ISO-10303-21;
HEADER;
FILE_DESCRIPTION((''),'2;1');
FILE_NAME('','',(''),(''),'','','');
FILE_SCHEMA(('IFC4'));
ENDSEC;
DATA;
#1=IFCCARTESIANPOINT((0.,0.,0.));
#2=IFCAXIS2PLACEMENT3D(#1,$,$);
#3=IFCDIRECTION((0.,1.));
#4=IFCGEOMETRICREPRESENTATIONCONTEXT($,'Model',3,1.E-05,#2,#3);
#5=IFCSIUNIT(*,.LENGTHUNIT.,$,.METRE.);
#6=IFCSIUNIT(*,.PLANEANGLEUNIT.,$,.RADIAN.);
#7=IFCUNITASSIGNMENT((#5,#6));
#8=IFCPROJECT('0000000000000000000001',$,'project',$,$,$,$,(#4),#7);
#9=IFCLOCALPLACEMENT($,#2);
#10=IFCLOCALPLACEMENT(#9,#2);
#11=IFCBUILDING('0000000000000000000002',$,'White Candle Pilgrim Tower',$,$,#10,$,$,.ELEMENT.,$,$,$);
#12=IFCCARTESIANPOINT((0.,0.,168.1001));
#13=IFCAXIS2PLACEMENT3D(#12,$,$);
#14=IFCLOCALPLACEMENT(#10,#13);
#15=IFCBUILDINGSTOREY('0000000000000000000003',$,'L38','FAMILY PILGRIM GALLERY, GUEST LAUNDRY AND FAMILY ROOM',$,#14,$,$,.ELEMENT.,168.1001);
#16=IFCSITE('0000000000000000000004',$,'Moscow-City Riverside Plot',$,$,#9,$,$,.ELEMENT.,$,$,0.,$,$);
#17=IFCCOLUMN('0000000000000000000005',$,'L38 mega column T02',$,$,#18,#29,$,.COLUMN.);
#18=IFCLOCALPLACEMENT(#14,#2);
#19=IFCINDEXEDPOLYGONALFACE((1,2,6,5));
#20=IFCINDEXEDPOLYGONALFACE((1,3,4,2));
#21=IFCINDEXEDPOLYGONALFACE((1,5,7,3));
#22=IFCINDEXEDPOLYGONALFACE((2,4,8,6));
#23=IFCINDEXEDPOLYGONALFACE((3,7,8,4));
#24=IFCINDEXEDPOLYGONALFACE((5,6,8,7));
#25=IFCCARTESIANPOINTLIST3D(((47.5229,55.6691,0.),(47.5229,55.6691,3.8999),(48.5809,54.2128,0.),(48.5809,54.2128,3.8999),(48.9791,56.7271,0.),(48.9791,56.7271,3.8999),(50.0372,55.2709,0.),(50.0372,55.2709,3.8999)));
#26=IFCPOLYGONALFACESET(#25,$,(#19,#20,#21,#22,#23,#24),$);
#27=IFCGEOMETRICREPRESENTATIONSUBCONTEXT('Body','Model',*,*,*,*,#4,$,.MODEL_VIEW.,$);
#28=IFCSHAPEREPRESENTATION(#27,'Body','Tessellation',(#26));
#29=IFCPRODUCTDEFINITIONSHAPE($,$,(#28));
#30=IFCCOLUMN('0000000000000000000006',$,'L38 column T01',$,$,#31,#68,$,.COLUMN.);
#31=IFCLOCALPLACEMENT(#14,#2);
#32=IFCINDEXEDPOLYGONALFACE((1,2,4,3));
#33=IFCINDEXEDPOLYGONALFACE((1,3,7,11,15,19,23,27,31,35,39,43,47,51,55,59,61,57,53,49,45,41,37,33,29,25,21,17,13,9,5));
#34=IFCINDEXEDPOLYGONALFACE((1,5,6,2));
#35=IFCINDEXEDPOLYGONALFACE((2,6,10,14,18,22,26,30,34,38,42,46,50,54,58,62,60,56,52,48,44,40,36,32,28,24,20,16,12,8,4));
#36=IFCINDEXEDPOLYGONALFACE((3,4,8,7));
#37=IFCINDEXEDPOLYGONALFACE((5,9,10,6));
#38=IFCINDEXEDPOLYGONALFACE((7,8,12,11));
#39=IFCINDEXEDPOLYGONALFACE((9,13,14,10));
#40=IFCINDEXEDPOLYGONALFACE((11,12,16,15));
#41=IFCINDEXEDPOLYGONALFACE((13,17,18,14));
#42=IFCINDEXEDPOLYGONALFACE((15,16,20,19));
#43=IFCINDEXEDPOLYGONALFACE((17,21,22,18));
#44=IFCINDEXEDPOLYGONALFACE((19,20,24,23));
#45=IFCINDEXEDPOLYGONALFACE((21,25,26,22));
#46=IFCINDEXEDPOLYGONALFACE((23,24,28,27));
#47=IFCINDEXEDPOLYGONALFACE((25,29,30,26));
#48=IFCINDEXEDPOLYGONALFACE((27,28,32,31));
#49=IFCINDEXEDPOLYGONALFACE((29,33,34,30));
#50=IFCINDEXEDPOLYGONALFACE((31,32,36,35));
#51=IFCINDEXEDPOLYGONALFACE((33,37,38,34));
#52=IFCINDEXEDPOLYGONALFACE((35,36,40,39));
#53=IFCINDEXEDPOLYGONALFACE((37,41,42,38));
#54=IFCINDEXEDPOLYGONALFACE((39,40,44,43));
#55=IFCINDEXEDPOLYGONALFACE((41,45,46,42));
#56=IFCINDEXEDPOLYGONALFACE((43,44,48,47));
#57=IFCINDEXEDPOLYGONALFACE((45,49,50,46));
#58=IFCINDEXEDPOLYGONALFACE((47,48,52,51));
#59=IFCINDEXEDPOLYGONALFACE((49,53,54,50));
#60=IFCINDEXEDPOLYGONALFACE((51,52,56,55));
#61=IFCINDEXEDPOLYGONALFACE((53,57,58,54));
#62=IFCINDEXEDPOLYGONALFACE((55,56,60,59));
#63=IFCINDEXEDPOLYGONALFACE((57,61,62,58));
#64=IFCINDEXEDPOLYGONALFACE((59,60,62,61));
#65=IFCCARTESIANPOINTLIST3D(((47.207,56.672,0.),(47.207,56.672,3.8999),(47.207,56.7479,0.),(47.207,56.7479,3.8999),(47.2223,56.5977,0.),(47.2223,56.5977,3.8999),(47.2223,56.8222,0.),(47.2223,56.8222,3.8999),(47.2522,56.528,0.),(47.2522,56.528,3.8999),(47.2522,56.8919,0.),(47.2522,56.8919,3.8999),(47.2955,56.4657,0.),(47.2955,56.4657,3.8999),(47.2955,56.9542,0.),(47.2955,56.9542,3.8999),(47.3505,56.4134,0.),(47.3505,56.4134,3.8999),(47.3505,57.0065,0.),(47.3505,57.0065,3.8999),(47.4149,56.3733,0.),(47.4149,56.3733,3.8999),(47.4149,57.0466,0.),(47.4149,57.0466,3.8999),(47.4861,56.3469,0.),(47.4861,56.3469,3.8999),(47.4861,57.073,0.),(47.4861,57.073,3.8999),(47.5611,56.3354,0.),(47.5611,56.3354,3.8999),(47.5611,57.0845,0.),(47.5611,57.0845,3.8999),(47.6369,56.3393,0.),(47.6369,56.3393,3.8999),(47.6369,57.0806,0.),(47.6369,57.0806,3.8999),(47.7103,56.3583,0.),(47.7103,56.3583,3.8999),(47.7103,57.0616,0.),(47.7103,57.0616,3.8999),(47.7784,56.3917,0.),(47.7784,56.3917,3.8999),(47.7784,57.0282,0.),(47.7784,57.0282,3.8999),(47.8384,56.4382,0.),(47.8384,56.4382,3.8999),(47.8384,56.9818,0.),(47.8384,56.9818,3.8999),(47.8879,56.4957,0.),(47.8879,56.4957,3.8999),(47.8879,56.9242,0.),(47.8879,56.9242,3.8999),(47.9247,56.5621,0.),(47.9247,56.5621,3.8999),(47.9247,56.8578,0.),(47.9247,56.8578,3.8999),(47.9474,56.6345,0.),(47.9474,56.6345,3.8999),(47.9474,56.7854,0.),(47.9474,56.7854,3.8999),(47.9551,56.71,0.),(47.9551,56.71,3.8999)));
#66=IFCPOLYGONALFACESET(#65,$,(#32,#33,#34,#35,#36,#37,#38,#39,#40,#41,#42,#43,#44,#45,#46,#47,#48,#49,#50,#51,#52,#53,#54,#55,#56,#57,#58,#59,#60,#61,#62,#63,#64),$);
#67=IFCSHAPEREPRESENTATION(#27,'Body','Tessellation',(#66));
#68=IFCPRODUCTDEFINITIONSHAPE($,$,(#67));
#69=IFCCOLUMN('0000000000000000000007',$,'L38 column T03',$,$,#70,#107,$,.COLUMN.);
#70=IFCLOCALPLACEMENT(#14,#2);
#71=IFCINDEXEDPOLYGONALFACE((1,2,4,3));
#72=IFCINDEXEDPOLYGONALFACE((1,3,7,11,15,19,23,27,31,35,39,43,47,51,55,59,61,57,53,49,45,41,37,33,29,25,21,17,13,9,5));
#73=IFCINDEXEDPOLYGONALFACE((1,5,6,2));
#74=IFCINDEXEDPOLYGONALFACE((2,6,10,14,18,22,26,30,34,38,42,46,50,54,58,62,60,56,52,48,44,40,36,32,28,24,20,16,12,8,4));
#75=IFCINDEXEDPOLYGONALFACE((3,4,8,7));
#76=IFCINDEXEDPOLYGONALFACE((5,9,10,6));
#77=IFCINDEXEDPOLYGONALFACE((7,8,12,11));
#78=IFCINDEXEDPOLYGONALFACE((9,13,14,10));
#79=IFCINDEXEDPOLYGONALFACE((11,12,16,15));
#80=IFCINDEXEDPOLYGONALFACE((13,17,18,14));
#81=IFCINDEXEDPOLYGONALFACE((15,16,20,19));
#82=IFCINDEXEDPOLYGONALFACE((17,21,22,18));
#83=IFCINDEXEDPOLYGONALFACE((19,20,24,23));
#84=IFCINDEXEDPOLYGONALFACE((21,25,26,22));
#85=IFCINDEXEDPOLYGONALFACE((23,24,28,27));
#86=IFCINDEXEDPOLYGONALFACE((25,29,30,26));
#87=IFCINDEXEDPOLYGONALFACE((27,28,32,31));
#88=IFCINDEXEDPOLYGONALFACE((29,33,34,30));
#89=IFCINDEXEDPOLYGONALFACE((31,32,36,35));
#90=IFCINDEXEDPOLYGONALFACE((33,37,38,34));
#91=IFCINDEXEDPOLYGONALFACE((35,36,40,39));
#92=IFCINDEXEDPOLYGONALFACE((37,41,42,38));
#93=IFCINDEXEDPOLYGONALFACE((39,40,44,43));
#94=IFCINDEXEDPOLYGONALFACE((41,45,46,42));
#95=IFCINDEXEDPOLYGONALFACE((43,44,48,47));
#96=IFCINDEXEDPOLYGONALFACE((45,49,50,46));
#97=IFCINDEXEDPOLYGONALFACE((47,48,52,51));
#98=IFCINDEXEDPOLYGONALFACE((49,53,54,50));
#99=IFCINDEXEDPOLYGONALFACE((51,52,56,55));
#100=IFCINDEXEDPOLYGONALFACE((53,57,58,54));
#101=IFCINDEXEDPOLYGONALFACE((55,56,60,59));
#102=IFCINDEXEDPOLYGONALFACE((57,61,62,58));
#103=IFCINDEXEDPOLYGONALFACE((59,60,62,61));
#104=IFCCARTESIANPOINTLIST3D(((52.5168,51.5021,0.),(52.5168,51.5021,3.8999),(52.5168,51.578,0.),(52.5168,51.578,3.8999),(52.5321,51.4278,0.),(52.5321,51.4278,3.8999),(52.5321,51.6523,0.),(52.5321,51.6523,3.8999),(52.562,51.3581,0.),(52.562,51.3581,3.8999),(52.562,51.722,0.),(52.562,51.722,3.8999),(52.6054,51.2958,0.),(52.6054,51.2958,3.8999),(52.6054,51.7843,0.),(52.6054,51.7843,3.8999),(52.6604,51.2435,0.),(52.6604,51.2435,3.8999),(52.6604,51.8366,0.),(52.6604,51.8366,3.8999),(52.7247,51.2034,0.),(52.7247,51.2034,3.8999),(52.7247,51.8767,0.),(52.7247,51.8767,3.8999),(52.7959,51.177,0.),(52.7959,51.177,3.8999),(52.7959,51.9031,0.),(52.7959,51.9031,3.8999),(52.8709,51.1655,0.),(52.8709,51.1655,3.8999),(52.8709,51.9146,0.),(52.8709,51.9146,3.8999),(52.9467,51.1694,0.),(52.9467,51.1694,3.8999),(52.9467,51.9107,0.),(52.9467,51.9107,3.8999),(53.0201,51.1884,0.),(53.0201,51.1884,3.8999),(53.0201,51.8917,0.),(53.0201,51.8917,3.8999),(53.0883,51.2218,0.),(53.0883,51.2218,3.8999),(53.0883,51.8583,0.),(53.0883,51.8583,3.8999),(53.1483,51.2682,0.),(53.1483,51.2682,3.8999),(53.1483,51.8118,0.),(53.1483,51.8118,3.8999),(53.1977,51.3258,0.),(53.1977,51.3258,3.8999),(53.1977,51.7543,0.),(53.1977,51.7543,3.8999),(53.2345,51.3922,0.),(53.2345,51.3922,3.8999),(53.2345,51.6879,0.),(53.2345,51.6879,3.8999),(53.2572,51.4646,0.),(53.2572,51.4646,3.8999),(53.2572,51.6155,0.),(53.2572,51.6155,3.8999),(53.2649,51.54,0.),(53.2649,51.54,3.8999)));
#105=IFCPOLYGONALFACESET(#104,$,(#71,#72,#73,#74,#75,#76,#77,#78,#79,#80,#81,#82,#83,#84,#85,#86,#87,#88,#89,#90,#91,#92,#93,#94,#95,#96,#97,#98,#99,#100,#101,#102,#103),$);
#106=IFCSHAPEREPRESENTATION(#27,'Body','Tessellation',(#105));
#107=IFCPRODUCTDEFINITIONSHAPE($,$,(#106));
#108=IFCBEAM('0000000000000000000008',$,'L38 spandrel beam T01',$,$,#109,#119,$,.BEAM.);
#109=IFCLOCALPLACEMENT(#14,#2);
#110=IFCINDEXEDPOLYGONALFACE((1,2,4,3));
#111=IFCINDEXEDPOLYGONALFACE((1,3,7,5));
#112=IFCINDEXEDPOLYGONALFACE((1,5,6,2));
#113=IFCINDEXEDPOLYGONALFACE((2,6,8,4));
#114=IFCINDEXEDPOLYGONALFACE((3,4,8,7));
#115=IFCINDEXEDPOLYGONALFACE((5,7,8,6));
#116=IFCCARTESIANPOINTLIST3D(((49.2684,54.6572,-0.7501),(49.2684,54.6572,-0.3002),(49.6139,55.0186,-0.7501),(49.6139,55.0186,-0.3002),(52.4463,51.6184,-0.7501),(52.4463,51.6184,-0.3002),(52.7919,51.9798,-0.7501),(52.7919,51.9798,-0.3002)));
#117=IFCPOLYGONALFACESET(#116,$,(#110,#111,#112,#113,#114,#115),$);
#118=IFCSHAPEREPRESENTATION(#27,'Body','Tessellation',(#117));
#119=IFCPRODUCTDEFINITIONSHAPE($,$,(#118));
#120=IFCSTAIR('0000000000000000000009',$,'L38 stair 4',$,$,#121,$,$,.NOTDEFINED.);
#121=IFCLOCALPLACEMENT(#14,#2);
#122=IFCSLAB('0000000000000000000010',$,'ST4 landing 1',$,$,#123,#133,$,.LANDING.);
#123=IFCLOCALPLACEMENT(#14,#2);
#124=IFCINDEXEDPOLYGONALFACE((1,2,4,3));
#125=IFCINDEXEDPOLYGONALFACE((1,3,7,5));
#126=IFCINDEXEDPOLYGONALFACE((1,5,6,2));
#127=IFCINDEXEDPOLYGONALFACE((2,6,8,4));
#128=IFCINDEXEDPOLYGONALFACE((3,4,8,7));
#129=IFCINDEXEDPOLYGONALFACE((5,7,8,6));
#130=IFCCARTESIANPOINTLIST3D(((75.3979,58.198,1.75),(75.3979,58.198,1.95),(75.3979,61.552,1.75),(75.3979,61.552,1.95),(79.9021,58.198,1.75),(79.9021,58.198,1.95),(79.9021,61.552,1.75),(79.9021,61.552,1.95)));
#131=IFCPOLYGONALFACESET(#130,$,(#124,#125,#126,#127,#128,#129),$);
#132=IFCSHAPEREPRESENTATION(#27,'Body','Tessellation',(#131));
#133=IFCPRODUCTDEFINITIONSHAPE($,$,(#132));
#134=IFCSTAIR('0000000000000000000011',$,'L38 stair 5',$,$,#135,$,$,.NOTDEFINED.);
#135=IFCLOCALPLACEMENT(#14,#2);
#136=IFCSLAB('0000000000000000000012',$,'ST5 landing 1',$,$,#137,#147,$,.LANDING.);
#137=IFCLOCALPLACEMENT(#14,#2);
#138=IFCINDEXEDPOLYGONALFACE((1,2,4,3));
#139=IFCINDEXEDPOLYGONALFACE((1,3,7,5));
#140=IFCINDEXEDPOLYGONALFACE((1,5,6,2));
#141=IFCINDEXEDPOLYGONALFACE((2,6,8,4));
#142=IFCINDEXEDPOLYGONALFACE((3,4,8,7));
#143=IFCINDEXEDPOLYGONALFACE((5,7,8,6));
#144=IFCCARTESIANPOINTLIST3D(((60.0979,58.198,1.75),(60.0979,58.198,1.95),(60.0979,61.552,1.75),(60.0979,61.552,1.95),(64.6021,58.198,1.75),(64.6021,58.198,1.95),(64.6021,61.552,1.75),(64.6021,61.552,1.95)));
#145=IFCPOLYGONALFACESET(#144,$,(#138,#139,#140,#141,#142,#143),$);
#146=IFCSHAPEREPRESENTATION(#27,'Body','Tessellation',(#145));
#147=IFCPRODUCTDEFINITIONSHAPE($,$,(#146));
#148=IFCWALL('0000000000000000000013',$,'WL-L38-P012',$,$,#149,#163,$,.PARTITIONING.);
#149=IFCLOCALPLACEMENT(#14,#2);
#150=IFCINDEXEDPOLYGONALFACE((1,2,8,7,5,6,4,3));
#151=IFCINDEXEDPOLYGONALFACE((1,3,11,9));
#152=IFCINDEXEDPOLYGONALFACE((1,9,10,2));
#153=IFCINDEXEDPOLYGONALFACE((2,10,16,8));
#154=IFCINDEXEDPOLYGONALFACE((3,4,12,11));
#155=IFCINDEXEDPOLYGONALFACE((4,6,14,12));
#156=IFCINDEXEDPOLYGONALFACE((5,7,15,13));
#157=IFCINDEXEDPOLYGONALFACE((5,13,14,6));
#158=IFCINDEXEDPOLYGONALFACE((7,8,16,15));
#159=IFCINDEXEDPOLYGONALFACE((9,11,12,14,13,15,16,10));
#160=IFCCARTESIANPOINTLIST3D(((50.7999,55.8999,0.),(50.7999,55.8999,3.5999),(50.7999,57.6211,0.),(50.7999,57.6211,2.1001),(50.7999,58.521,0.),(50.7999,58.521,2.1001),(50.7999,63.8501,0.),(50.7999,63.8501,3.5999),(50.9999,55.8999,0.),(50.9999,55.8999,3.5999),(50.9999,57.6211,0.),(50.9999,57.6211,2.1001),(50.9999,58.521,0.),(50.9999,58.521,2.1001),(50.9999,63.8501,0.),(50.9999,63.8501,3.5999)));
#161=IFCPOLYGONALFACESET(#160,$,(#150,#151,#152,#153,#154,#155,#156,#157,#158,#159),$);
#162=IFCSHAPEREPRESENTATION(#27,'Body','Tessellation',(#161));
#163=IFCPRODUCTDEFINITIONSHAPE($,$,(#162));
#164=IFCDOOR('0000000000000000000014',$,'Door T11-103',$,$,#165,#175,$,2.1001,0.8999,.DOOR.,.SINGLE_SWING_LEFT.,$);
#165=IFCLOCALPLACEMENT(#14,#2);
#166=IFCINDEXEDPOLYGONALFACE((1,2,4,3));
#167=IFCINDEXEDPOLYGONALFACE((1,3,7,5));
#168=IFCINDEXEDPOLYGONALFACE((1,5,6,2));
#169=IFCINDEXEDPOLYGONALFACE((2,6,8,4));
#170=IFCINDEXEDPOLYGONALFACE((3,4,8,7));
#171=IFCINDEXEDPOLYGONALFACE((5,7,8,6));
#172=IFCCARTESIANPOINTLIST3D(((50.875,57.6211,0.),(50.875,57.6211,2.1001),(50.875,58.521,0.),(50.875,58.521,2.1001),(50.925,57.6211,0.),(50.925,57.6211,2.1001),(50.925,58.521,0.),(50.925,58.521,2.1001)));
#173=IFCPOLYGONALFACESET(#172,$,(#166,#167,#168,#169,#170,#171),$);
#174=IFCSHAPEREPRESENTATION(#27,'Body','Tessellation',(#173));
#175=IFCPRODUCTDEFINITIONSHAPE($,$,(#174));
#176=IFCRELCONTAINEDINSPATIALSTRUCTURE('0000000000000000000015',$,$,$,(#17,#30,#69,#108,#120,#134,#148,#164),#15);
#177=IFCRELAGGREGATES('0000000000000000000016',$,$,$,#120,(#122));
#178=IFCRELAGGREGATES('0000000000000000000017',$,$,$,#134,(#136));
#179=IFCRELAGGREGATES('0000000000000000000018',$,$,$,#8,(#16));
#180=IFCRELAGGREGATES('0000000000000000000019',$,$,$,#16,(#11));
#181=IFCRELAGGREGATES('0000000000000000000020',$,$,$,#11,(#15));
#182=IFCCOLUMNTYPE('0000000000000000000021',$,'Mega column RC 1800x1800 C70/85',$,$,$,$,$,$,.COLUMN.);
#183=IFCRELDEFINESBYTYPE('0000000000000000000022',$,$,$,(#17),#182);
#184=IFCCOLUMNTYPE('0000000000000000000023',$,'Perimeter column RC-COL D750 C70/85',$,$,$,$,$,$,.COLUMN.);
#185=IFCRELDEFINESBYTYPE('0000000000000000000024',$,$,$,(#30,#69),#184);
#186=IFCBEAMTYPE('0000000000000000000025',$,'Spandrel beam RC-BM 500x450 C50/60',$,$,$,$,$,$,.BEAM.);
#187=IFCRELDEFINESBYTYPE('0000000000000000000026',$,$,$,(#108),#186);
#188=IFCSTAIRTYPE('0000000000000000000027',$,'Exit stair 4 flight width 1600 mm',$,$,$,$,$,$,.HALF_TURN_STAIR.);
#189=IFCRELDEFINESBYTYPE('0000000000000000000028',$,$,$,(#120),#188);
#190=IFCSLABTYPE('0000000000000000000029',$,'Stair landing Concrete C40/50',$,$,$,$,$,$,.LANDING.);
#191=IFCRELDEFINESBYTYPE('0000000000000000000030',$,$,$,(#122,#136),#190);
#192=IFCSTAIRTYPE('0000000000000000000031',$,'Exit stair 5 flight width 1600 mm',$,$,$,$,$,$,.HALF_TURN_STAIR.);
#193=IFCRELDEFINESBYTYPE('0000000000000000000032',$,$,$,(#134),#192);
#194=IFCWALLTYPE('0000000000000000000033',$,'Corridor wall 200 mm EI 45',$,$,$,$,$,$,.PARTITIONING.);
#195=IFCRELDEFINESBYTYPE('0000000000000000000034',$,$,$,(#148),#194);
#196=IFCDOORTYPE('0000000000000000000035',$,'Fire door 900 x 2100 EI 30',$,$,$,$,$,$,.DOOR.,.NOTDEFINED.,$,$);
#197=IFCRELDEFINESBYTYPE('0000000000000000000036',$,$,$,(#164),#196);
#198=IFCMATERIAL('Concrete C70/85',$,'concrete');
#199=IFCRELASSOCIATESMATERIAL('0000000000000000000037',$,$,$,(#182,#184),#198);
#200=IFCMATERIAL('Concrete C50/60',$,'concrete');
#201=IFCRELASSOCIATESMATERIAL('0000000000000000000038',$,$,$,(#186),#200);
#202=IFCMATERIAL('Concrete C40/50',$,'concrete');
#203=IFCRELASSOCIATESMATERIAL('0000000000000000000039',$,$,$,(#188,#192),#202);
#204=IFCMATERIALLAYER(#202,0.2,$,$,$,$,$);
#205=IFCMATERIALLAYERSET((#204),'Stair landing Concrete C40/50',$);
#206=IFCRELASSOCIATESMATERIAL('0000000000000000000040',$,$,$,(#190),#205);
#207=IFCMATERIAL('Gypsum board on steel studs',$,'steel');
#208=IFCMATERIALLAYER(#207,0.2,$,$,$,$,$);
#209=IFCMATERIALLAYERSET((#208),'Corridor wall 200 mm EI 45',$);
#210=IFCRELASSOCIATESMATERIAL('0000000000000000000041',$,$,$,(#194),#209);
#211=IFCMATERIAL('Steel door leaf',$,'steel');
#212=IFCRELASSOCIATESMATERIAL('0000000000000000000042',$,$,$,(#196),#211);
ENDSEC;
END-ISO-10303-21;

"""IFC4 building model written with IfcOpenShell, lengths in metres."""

from ifc_helpers import new_model, si_unit, direction, frame, frame_2d, origin, origin_2d, place, context, subcontext, project, spatial, polyline, rectangle, circle, outline, extrude, material, layer, layer_set, material_profile, profile_set, type_object, element, fill, aggregate, save


model = new_model("IFC4")

# Units and contexts
model_context = context("Model", 3, precision=1e-05, world=origin(), true_north=direction((0.0, 1.0)))
body_context = subcontext(model_context, "Body", "Model", "MODEL_VIEW")
ifc_project = project(units=[si_unit("LENGTHUNIT", "METRE"), si_unit("PLANEANGLEUNIT", "RADIAN")], contexts=[model_context])

# Site, building, storey
site_placement = place(None, origin())
site = spatial("IfcSite", under=ifc_project, at=site_placement, Name="Moscow-City Riverside Plot", CompositionType="ELEMENT", RefElevation=0.0)
building_placement = place(site_placement, origin())
building = spatial("IfcBuilding", under=site, at=building_placement, Name="White Candle Pilgrim Tower", CompositionType="ELEMENT")
storey_placement = place(building_placement, frame((0.0, 0.0, 168.1001)))
storey = spatial("IfcBuildingStorey", under=building, at=storey_placement, Name="L38", Description="FAMILY PILGRIM GALLERY, GUEST LAUNDRY AND FAMILY ROOM", CompositionType="ELEMENT", Elevation=168.1001)

# Columns
ifc_material_1 = material(Name="Concrete C70/85", Category="concrete")
ifc_material_profile_1 = material_profile(ifc_material_1, rectangle(XDim=1.8, YDim=1.8, at=origin_2d()), Name="RC 1800x1800")
ifc_profile_set_1 = profile_set([ifc_material_profile_1], Name="Concrete C70/85")
column_type_1 = type_object("IfcColumnType", Name="Mega column RC 1800x1800 C70/85", PredefinedType="COLUMN", material=ifc_profile_set_1)
column_placement = place(storey_placement, frame((48.78, 55.47, 0.0), z_axis=(0.0, 0.0, 1.0), x_axis=(-0.809017, -0.587785, 0.0)))
element("IfcColumn", 1, at=column_placement, inside=storey, type_object=column_type_1, Name="L38 mega column T02", PredefinedType="COLUMN", context=body_context, shape_type="SweptSolid", body=[
    extrude(rectangle(XDim=1.8, YDim=1.8, at=origin_2d()), origin(), (0.0, 0.0, 1.0), 3.8999),
])
ifc_material_profile_2 = material_profile(ifc_material_1, circle(Radius=0.375, at=origin_2d()), Name="RC-COL D750")
ifc_profile_set_2 = profile_set([ifc_material_profile_2], Name="Concrete C70/85")
column_type_2 = type_object("IfcColumnType", Name="Perimeter column RC-COL D750 C70/85", PredefinedType="COLUMN", material=ifc_profile_set_2)
for number, where, z_axis, x_axis, name in (
    (2, (47.5801, 56.71, 0.0), (0.0, 0.0, 1.0), (1.0, 0.0, 0.0), "L38 column T01"),
    (3, (52.8899, 51.54, 0.0), (0.0, 0.0, 1.0), (1.0, 0.0, 0.0), "L38 column T03"),
):
    element("IfcColumn", number, at=place(storey_placement, frame(where, z_axis=z_axis, x_axis=x_axis)), inside=storey, type_object=column_type_2, Name=name, PredefinedType="COLUMN", context=body_context, shape_type="SweptSolid", body=[
        extrude(circle(Radius=0.375, at=origin_2d()), origin(), (0.0, 0.0, 1.0), 3.8999),
    ])

# Beam
ifc_material_2 = material(Name="Concrete C50/60", Category="concrete")
ifc_material_profile_3 = material_profile(ifc_material_2, rectangle(XDim=0.5, YDim=0.45, at=origin_2d()), Name="RC-BM 500x450")
ifc_profile_set_3 = profile_set([ifc_material_profile_3], Name="Concrete C50/60")
beam_type = type_object("IfcBeamType", Name="Spandrel beam RC-BM 500x450 C50/60", PredefinedType="BEAM", material=ifc_profile_set_3)
beam_placement = place(storey_placement, frame((49.4412, 54.8379, -0.5251), z_axis=(0.722754, -0.691105, 0.0), x_axis=(0.691105, 0.722754, 0.0)))
element("IfcBeam", 4, at=beam_placement, inside=storey, type_object=beam_type, Name="L38 spandrel beam T01", PredefinedType="BEAM", context=body_context, shape_type="SweptSolid", body=[
    extrude(rectangle(XDim=0.5, YDim=0.45, at=origin_2d()), origin(), (0.0, 0.0, 1.0), 4.397),
])

# Stairs, slabs
ifc_material_3 = material(Name="Concrete C40/50", Category="concrete")
stair_type_1 = type_object("IfcStairType", Name="Exit stair 4 flight width 1600 mm", PredefinedType="HALF_TURN_STAIR", material=ifc_material_3)
stair_1_placement = place(storey_placement, origin())
stair_1 = element("IfcStair", 5, at=stair_1_placement, inside=storey, type_object=stair_type_1, Name="L38 stair 4", PredefinedType="NOTDEFINED")
ifc_layer_1 = layer(ifc_material_3, 0.2)
ifc_layer_set_1 = layer_set([ifc_layer_1], Name="Stair landing Concrete C40/50")
slab_type = type_object("IfcSlabType", Name="Stair landing Concrete C40/50", PredefinedType="LANDING", material=ifc_layer_set_1)
slab_1_placement = place(storey_placement, frame((0.0, 0.0, 1.75)))
slab_1 = element("IfcSlab", 6, at=slab_1_placement, type_object=slab_type, Name="ST4 landing 1", PredefinedType="LANDING", context=body_context, shape_type="SweptSolid", body=[
    extrude(outline(polyline([(79.9021, 61.552), (79.9021, 58.198), (75.3979, 58.198), (75.3979, 61.552), (79.9021, 61.552)])), origin(), (0.0, 0.0, 1.0), 0.2),
])
aggregate(stair_1, [slab_1])
stair_type_2 = type_object("IfcStairType", Name="Exit stair 5 flight width 1600 mm", PredefinedType="HALF_TURN_STAIR", material=ifc_material_3)
stair_2_placement = place(storey_placement, origin())
stair_2 = element("IfcStair", 7, at=stair_2_placement, inside=storey, type_object=stair_type_2, Name="L38 stair 5", PredefinedType="NOTDEFINED")
slab_2_placement = place(storey_placement, frame((0.0, 0.0, 1.75)))
slab_2 = element("IfcSlab", 8, at=slab_2_placement, type_object=slab_type, Name="ST5 landing 1", PredefinedType="LANDING", context=body_context, shape_type="SweptSolid", body=[
    extrude(outline(polyline([(60.0979, 58.198), (60.0979, 61.552), (64.6021, 61.552), (64.6021, 58.198), (60.0979, 58.198)])), origin(), (0.0, 0.0, 1.0), 0.2),
])
aggregate(stair_2, [slab_2])

# Wall, opening, door
ifc_material_4 = material(Name="Gypsum board on steel studs", Category="steel")
ifc_layer_2 = layer(ifc_material_4, 0.2)
ifc_layer_set_2 = layer_set([ifc_layer_2], Name="Corridor wall 200 mm EI 45")
wall_type_1 = type_object("IfcWallType", Name="Corridor wall 200 mm EI 45", PredefinedType="PARTITIONING", material=ifc_layer_set_2)
wall_1_placement = place(storey_placement, frame((50.8999, 55.8999, 0.0), z_axis=(0.0, 0.0, 1.0), x_axis=(0.0, 1.0, 0.0)))
wall_1 = element("IfcWall", 9, at=wall_1_placement, inside=storey, type_object=wall_type_1, Name="WL-L38-P012", PredefinedType="PARTITIONING", context=body_context, shape_type="SweptSolid", body=[
    extrude(rectangle(XDim=7.9502, YDim=0.2, at=frame_2d((3.9751, 0.0))), origin(), (0.0, 0.0, 1.0), 3.5999),
])
opening_1_placement = place(wall_1_placement, frame((1.7212, 0.0, 0.0)))
opening_1 = element("IfcOpeningElement", 10, at=opening_1_placement, cuts=wall_1, PredefinedType="OPENING", context=body_context, shape_type="SweptSolid", body=[
    extrude(rectangle(XDim=0.8999, YDim=2.1001, at=frame_2d((0.45, 1.05))), frame((0.0, 0.1099, 0.0), z_axis=(0.0, -1.0, 0.0), x_axis=(1.0, 0.0, 0.0)), (0.0, 0.0, 1.0), 0.22),
])
ifc_material_5 = material(Name="Steel door leaf", Category="steel")
door_type_1 = type_object("IfcDoorType", Name="Fire door 900 x 2100 EI 30", OperationType="NOTDEFINED", PredefinedType="DOOR", material=ifc_material_5)
door_1_placement = place(opening_1_placement, origin())
door_1 = element("IfcDoor", 11, at=door_1_placement, inside=storey, type_object=door_type_1, Name="Door T11-103", OperationType="SINGLE_SWING_LEFT", OverallHeight=2.1001, OverallWidth=0.8999, PredefinedType="DOOR", context=body_context, shape_type="SweptSolid", body=[
    extrude(rectangle(XDim=0.8999, YDim=2.1001, at=frame_2d((0.45, 1.05))), frame((0.0, 0.0249, 0.0), z_axis=(0.0, -1.0, 0.0), x_axis=(1.0, 0.0, 0.0)), (0.0, 0.0, 1.0), 0.05),
])
fill(opening_1, door_1)

save(model, "model.ifc")
